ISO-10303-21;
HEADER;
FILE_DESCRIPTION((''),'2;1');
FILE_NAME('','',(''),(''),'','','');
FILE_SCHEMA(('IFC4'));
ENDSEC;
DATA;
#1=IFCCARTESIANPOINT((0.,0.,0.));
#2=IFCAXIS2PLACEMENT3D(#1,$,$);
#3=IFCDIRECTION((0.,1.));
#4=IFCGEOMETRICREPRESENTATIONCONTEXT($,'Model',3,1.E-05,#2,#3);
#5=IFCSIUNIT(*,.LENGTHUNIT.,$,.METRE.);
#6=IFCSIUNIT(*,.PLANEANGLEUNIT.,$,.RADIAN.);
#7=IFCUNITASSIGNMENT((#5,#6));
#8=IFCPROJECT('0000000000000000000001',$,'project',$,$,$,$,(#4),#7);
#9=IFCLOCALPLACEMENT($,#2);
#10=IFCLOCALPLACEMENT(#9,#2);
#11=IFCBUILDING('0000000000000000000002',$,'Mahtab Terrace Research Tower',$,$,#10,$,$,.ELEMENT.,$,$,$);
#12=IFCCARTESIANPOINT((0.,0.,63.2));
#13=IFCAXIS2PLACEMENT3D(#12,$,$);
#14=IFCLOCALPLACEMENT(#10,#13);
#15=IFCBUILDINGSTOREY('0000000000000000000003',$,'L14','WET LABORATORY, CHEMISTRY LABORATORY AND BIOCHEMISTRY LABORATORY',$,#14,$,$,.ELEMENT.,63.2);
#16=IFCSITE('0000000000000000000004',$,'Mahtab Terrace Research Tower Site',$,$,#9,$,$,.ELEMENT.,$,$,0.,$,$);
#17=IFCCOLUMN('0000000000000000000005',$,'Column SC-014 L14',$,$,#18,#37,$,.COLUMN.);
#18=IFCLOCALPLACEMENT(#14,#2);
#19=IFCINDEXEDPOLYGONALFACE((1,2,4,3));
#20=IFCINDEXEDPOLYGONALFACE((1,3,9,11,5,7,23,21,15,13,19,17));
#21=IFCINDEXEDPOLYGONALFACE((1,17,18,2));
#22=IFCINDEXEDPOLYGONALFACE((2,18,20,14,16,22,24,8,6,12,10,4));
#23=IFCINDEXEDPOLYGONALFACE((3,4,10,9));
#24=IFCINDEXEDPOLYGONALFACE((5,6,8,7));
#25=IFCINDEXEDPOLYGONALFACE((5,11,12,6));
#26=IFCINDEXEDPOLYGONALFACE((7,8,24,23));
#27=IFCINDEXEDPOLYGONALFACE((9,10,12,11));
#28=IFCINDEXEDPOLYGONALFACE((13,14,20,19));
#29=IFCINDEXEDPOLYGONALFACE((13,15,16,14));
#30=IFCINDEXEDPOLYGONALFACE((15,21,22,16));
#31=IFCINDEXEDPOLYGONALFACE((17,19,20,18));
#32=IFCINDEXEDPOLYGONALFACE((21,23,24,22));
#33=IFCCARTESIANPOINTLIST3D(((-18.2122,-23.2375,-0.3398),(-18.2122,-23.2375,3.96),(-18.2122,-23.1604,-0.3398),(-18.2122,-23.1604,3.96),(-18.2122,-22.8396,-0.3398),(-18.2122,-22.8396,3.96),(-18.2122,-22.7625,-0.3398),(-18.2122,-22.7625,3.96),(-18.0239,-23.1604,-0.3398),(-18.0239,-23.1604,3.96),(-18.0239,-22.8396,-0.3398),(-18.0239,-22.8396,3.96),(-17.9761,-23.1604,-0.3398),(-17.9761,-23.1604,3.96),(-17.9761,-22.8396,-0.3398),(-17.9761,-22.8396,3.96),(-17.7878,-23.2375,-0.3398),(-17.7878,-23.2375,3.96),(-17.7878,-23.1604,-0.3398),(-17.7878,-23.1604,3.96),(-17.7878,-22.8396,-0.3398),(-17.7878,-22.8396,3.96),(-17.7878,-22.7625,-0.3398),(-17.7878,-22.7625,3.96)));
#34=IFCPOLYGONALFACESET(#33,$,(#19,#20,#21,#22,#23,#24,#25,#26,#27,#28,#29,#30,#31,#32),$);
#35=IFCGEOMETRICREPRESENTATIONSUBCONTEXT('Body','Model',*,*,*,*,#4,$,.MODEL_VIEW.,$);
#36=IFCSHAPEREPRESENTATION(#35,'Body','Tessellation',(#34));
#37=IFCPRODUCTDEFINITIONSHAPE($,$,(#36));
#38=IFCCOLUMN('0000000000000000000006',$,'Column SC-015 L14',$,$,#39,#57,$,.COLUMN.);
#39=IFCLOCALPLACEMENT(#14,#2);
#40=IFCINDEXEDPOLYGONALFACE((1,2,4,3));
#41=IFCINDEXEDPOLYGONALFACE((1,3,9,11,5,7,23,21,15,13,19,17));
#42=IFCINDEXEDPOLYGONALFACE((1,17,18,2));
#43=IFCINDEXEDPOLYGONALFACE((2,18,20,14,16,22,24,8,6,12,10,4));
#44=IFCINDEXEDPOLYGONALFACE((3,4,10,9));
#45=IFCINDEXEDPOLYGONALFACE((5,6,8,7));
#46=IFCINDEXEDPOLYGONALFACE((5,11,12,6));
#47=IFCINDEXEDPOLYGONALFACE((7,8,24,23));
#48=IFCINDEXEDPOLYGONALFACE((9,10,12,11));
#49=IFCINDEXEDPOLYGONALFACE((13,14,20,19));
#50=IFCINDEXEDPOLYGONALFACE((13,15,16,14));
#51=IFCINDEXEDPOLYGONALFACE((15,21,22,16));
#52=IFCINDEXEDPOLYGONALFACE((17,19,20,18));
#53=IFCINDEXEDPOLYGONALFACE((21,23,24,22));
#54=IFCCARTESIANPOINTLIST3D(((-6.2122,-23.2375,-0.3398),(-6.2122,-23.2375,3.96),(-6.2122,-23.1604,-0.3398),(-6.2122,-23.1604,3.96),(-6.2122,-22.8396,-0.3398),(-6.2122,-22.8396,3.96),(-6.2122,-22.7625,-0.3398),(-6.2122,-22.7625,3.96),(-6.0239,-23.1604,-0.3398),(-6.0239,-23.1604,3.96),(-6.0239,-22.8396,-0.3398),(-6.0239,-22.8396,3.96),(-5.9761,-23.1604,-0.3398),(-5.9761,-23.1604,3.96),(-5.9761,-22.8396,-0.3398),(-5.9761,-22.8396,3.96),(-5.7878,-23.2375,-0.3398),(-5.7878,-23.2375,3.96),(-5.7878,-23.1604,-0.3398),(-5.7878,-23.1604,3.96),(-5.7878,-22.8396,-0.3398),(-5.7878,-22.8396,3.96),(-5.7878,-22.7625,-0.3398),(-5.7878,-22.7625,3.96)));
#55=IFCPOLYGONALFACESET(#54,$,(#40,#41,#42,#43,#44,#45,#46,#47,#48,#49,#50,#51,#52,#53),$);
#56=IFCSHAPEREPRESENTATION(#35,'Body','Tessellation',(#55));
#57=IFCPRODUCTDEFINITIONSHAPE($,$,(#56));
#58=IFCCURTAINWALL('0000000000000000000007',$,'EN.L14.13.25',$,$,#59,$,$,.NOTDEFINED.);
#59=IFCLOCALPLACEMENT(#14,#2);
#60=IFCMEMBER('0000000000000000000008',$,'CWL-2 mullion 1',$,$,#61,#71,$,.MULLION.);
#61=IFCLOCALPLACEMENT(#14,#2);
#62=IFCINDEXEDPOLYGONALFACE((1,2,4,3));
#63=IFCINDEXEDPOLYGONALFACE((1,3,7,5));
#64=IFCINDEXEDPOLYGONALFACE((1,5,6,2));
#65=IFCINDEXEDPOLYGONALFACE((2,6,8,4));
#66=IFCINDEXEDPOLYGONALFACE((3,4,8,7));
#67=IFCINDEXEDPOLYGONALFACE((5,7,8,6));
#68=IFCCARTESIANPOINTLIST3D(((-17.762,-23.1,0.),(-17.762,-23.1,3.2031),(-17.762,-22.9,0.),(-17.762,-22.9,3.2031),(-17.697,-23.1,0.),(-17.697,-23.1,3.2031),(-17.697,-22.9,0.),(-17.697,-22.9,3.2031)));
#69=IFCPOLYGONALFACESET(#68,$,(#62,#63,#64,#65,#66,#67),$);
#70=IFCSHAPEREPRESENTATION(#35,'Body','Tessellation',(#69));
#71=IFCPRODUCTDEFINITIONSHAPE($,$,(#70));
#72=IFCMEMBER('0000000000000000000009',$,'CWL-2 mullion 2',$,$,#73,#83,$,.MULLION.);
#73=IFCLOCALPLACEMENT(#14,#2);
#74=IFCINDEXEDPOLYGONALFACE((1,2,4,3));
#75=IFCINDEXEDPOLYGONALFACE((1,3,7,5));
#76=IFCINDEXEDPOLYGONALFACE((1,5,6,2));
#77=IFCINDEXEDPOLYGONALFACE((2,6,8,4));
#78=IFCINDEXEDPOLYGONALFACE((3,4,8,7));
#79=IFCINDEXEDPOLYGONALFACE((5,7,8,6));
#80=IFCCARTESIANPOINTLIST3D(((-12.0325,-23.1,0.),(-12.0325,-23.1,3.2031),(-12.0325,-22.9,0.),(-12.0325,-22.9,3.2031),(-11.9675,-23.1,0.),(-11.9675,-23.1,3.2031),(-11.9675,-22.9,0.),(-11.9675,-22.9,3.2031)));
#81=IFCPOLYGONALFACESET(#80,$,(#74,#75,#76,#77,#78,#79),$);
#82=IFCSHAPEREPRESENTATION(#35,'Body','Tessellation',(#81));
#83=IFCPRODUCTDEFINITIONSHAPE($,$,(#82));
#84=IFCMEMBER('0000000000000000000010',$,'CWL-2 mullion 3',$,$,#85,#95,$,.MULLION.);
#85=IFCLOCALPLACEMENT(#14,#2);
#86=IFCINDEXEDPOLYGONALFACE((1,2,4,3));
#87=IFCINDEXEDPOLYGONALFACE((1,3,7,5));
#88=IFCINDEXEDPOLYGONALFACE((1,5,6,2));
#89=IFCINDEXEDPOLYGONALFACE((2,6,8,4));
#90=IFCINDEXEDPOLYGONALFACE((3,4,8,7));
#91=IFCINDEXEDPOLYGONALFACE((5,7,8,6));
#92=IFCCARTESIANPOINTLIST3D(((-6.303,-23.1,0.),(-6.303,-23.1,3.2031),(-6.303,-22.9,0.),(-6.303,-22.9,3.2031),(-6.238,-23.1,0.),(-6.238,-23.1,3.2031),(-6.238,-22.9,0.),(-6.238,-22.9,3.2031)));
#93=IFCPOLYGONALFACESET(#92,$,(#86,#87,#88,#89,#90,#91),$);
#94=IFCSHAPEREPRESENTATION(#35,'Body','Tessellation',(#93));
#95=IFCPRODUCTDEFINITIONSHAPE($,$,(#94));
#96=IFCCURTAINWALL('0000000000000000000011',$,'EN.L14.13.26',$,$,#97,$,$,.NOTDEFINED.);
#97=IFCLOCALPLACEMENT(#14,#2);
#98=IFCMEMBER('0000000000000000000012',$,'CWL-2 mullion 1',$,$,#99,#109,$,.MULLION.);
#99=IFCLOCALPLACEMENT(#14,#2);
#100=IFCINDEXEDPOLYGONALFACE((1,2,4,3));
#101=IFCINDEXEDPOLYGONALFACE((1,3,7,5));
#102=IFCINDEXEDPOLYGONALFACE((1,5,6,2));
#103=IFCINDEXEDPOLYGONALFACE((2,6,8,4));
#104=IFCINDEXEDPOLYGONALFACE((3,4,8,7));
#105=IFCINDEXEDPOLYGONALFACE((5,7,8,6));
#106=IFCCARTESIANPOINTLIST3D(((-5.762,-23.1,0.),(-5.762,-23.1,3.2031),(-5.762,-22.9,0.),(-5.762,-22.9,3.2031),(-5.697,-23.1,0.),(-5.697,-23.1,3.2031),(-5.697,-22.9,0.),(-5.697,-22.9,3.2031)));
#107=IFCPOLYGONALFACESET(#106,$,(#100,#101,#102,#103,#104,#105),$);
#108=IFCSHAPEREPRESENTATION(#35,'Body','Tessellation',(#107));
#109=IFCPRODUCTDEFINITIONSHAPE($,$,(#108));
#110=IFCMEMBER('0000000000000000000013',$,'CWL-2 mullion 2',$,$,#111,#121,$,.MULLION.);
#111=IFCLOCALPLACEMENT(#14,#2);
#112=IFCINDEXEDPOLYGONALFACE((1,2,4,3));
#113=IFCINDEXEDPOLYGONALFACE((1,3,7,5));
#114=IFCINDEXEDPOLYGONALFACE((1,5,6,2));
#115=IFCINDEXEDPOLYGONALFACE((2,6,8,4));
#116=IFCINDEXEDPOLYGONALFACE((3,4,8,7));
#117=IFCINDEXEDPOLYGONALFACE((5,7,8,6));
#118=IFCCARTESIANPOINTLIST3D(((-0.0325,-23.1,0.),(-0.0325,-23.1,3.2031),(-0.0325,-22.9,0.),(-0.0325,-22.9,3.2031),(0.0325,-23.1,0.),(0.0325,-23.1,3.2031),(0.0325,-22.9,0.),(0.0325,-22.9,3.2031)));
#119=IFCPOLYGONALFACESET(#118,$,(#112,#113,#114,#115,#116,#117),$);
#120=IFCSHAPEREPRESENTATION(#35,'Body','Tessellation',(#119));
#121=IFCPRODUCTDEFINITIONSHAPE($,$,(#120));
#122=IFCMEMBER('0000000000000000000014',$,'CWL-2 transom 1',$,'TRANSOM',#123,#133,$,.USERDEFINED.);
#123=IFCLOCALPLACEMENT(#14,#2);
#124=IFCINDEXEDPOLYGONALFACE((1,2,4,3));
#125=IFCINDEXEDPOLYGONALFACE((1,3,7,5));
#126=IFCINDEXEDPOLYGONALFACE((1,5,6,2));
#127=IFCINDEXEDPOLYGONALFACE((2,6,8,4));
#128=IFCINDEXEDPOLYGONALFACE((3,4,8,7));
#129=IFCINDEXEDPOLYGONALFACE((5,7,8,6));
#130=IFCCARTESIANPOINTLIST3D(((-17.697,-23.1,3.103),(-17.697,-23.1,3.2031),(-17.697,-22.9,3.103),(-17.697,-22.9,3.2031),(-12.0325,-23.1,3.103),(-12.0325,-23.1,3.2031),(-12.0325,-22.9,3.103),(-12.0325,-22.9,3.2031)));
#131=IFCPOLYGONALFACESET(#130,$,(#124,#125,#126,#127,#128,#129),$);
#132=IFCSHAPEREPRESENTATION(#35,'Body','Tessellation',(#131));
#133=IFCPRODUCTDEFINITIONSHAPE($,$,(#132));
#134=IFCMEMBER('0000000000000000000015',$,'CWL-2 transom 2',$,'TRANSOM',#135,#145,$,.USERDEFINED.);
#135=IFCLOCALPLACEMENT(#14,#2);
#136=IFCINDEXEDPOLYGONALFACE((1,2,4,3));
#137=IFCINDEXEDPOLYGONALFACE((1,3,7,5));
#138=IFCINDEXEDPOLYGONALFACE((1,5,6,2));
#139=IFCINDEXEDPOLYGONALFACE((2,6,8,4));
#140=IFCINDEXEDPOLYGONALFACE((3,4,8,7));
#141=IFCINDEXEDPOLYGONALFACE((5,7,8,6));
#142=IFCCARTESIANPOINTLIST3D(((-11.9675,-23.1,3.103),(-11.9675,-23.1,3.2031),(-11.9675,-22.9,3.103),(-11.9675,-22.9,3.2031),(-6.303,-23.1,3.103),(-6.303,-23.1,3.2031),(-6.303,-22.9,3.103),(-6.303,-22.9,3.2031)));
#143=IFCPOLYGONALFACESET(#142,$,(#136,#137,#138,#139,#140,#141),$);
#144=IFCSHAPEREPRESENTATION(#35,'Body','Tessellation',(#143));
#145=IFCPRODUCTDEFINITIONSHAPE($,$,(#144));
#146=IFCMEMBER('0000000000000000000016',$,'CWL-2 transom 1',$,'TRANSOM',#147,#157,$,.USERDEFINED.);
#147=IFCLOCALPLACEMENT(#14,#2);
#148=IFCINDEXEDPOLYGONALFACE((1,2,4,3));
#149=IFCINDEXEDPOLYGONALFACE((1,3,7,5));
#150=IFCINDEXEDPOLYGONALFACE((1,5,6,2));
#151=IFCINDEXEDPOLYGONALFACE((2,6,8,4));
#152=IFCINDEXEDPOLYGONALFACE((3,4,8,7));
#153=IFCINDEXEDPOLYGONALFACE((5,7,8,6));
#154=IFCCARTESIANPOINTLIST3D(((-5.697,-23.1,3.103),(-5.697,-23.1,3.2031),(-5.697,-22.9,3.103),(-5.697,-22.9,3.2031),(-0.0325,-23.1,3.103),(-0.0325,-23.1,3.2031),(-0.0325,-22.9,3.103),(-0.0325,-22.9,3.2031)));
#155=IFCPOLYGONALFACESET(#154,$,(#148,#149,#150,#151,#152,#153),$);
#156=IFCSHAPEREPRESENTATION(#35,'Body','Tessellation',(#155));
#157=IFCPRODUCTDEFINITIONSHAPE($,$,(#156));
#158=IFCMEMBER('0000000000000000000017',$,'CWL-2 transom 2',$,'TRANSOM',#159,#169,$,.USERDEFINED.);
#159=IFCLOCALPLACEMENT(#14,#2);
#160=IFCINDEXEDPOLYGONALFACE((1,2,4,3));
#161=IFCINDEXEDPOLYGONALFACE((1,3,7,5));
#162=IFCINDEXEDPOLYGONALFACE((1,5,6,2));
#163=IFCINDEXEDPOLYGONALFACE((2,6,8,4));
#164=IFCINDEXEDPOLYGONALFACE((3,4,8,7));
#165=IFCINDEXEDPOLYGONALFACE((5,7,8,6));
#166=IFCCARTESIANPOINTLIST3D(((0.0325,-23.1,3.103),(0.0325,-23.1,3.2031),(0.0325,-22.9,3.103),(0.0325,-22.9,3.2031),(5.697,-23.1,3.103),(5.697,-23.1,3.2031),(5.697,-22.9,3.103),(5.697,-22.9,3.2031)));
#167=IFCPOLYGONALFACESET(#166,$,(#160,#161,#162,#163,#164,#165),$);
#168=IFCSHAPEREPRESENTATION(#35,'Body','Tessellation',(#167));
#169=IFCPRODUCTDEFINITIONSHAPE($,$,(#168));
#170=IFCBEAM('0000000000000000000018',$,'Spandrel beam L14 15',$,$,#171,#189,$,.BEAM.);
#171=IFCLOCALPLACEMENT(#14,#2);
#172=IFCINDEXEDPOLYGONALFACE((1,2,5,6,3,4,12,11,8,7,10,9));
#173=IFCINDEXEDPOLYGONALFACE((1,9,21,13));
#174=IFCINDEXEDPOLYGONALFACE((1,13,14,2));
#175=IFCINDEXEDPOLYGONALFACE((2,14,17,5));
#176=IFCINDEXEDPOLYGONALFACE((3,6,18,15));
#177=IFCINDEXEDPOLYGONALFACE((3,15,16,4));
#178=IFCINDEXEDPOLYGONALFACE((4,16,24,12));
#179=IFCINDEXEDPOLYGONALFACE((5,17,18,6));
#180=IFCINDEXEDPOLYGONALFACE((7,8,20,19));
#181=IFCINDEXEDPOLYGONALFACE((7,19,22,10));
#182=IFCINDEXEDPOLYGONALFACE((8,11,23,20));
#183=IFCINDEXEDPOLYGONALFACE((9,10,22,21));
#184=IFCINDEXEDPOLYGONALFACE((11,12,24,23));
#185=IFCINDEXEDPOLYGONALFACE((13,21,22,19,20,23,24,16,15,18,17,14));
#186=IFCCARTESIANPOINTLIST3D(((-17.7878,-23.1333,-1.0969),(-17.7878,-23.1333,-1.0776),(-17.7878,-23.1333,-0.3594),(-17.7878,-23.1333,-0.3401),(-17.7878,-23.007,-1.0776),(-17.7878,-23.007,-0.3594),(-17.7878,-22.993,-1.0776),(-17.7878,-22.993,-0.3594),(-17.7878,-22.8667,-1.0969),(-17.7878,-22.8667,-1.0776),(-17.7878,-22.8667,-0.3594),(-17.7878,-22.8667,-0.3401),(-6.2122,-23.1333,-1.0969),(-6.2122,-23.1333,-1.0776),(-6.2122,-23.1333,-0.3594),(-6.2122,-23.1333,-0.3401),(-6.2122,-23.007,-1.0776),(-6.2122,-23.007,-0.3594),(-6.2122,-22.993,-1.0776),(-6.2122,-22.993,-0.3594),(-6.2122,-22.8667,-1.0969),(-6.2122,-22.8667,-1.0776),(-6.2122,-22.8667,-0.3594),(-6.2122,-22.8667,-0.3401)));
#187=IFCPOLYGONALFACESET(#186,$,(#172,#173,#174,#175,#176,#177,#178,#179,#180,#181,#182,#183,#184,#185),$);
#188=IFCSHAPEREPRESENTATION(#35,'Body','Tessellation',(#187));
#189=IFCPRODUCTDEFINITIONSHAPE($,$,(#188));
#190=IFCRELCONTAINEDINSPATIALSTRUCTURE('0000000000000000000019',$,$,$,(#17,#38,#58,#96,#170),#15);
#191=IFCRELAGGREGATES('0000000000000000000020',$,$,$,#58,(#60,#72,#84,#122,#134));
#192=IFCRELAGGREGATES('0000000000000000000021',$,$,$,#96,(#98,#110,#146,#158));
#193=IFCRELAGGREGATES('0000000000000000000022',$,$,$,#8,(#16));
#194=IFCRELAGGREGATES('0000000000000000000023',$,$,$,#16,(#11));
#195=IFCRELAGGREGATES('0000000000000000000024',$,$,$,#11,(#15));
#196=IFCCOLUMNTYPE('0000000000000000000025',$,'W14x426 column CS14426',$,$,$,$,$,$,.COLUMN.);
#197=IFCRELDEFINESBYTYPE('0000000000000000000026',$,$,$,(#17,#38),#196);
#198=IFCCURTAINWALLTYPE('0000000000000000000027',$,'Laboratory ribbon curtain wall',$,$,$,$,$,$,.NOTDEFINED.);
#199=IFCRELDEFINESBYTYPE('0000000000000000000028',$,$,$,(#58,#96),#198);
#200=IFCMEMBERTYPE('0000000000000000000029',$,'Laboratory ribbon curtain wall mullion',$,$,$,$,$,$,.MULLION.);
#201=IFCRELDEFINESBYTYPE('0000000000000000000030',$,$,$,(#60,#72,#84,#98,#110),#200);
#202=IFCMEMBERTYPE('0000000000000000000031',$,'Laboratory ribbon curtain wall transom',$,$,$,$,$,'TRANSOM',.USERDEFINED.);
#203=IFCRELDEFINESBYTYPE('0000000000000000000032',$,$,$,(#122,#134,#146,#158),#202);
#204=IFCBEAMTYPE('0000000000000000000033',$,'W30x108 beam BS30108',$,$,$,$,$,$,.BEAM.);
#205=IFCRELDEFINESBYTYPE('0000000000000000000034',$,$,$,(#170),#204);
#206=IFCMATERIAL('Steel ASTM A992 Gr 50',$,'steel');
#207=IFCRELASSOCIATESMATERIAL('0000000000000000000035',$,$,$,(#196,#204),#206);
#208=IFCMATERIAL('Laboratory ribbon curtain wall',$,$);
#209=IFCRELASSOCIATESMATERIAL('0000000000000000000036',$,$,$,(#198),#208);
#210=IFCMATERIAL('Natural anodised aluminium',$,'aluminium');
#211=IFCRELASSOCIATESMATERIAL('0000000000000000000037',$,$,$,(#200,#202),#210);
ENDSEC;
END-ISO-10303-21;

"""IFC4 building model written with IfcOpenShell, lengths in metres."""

from ifc_helpers import new_model, si_unit, direction, frame, origin, origin_2d, place, context, subcontext, project, spatial, rectangle, i_section, extrude, material, material_profile, profile_set, type_object, element, aggregate, save


model = new_model("IFC4")

# Units and contexts
model_context = context("Model", 3, precision=1e-05, world=origin(), true_north=direction((0.0, 1.0)))
body_context = subcontext(model_context, "Body", "Model", "MODEL_VIEW")
ifc_project = project(units=[si_unit("LENGTHUNIT", "METRE"), si_unit("PLANEANGLEUNIT", "RADIAN")], contexts=[model_context])

# Site, building, storey
site_placement = place(None, origin())
site = spatial("IfcSite", under=ifc_project, at=site_placement, Name="Mahtab Terrace Research Tower Site", CompositionType="ELEMENT", RefElevation=0.0)
building_placement = place(site_placement, origin())
building = spatial("IfcBuilding", under=site, at=building_placement, Name="Mahtab Terrace Research Tower", CompositionType="ELEMENT")
storey_placement = place(building_placement, frame((0.0, 0.0, 63.2)))
storey = spatial("IfcBuildingStorey", under=building, at=storey_placement, Name="L14", Description="WET LABORATORY, CHEMISTRY LABORATORY AND BIOCHEMISTRY LABORATORY", CompositionType="ELEMENT", Elevation=63.2)

# Columns
ifc_material_1 = material(Name="Steel ASTM A992 Gr 50", Category="steel")
ifc_material_profile_1 = material_profile(ifc_material_1, i_section(OverallWidth=0.4243, OverallDepth=0.4751, WebThickness=0.0479, FlangeThickness=0.0771, at=origin_2d()), Name="W14X426")
ifc_profile_set_1 = profile_set([ifc_material_profile_1], Name="Steel ASTM A992 Gr 50")
column_type = type_object("IfcColumnType", Name="W14x426 column CS14426", PredefinedType="COLUMN", material=ifc_profile_set_1)
for number, where, z_axis, x_axis, name in (
    (1, (-18.0, -23.0, -0.3398), (0.0, 0.0, 1.0), (1.0, 0.0, 0.0), "Column SC-014 L14"),
    (2, (-6.0, -23.0, -0.3398), (0.0, 0.0, 1.0), (1.0, 0.0, 0.0), "Column SC-015 L14"),
):
    element("IfcColumn", number, at=place(storey_placement, frame(where, z_axis=z_axis, x_axis=x_axis)), inside=storey, type_object=column_type, Name=name, PredefinedType="COLUMN", context=body_context, shape_type="SweptSolid", body=[
        extrude(i_section(OverallWidth=0.4243, OverallDepth=0.4751, WebThickness=0.0479, FlangeThickness=0.0771, at=origin_2d()), origin(), (0.0, 0.0, 1.0), 4.2998),
    ])

# Curtain walls, members
ifc_material_2 = material(Name="Laboratory ribbon curtain wall")
curtain_wall_type = type_object("IfcCurtainWallType", Name="Laboratory ribbon curtain wall", PredefinedType="NOTDEFINED", material=ifc_material_2)
curtain_wall_1_placement = place(storey_placement, origin())
curtain_wall_1 = element("IfcCurtainWall", 3, at=curtain_wall_1_placement, inside=storey, type_object=curtain_wall_type, Name="EN.L14.13.25", PredefinedType="NOTDEFINED")
ifc_material_3 = material(Name="Natural anodised aluminium", Category="aluminium")
ifc_material_profile_2 = material_profile(ifc_material_3, rectangle(XDim=0.2, YDim=0.0649, at=origin_2d()), Name="MULLION 65x200")
ifc_profile_set_2 = profile_set([ifc_material_profile_2], Name="Natural anodised aluminium")
member_type_1 = type_object("IfcMemberType", Name="Laboratory ribbon curtain wall mullion", PredefinedType="MULLION", material=ifc_profile_set_2)
member_1_placement = place(storey_placement, frame((-17.7295, -23.0, 0.0), z_axis=(0.0, 0.0, 1.0), x_axis=(0.0, 1.0, 0.0)))
member_1 = element("IfcMember", 4, at=member_1_placement, type_object=member_type_1, Name="CWL-2 mullion 1", PredefinedType="MULLION", context=body_context, shape_type="SweptSolid", body=[
    extrude(rectangle(XDim=0.2, YDim=0.0649, at=origin_2d()), origin(), (0.0, 0.0, 1.0), 3.2031),
])
member_2_placement = place(storey_placement, frame((-12.0, -23.0, 0.0), z_axis=(0.0, 0.0, 1.0), x_axis=(0.0, 1.0, 0.0)))
member_2 = element("IfcMember", 5, at=member_2_placement, type_object=member_type_1, Name="CWL-2 mullion 2", PredefinedType="MULLION", context=body_context, shape_type="SweptSolid", body=[
    extrude(rectangle(XDim=0.2, YDim=0.0649, at=origin_2d()), origin(), (0.0, 0.0, 1.0), 3.2031),
])
member_3_placement = place(storey_placement, frame((-6.2705, -23.0, 0.0), z_axis=(0.0, 0.0, 1.0), x_axis=(0.0, 1.0, 0.0)))
member_3 = element("IfcMember", 6, at=member_3_placement, type_object=member_type_1, Name="CWL-2 mullion 3", PredefinedType="MULLION", context=body_context, shape_type="SweptSolid", body=[
    extrude(rectangle(XDim=0.2, YDim=0.0649, at=origin_2d()), origin(), (0.0, 0.0, 1.0), 3.2031),
])
curtain_wall_2_placement = place(storey_placement, origin())
curtain_wall_2 = element("IfcCurtainWall", 7, at=curtain_wall_2_placement, inside=storey, type_object=curtain_wall_type, Name="EN.L14.13.26", PredefinedType="NOTDEFINED")
member_4_placement = place(storey_placement, frame((-5.7295, -23.0, 0.0), z_axis=(0.0, 0.0, 1.0), x_axis=(0.0, 1.0, 0.0)))
member_4 = element("IfcMember", 8, at=member_4_placement, type_object=member_type_1, Name="CWL-2 mullion 1", PredefinedType="MULLION", context=body_context, shape_type="SweptSolid", body=[
    extrude(rectangle(XDim=0.2, YDim=0.0649, at=origin_2d()), origin(), (0.0, 0.0, 1.0), 3.2031),
])
member_5_placement = place(storey_placement, frame((0.0, -23.0, 0.0), z_axis=(0.0, 0.0, 1.0), x_axis=(0.0, 1.0, 0.0)))
member_5 = element("IfcMember", 9, at=member_5_placement, type_object=member_type_1, Name="CWL-2 mullion 2", PredefinedType="MULLION", context=body_context, shape_type="SweptSolid", body=[
    extrude(rectangle(XDim=0.2, YDim=0.0649, at=origin_2d()), origin(), (0.0, 0.0, 1.0), 3.2031),
])

# Members
ifc_material_profile_3 = material_profile(ifc_material_3, rectangle(XDim=0.2, YDim=0.1001, at=origin_2d()), Name="TRANSOM 100x200")
ifc_profile_set_3 = profile_set([ifc_material_profile_3], Name="Natural anodised aluminium")
member_type_2 = type_object("IfcMemberType", Name="Laboratory ribbon curtain wall transom", ElementType="TRANSOM", PredefinedType="USERDEFINED", material=ifc_profile_set_3)
member_6_placement = place(storey_placement, frame((-17.697, -23.0, 3.1531), z_axis=(1.0, 0.0, 0.0), x_axis=(0.0, 1.0, 0.0)))
member_6 = element("IfcMember", 10, at=member_6_placement, type_object=member_type_2, Name="CWL-2 transom 1", ObjectType="TRANSOM", PredefinedType="USERDEFINED", context=body_context, shape_type="SweptSolid", body=[
    extrude(rectangle(XDim=0.2, YDim=0.1001, at=origin_2d()), origin(), (0.0, 0.0, 1.0), 5.6646),
])
member_7_placement = place(storey_placement, frame((-11.9675, -23.0, 3.1531), z_axis=(1.0, 0.0, 0.0), x_axis=(0.0, 1.0, 0.0)))
member_7 = element("IfcMember", 11, at=member_7_placement, type_object=member_type_2, Name="CWL-2 transom 2", ObjectType="TRANSOM", PredefinedType="USERDEFINED", context=body_context, shape_type="SweptSolid", body=[
    extrude(rectangle(XDim=0.2, YDim=0.1001, at=origin_2d()), origin(), (0.0, 0.0, 1.0), 5.6646),
])
member_8_placement = place(storey_placement, frame((-5.697, -23.0, 3.1531), z_axis=(1.0, 0.0, 0.0), x_axis=(0.0, 1.0, 0.0)))
member_8 = element("IfcMember", 12, at=member_8_placement, type_object=member_type_2, Name="CWL-2 transom 1", ObjectType="TRANSOM", PredefinedType="USERDEFINED", context=body_context, shape_type="SweptSolid", body=[
    extrude(rectangle(XDim=0.2, YDim=0.1001, at=origin_2d()), origin(), (0.0, 0.0, 1.0), 5.6646),
])
member_9_placement = place(storey_placement, frame((0.0325, -23.0, 3.1531), z_axis=(1.0, 0.0, 0.0), x_axis=(0.0, 1.0, 0.0)))
member_9 = element("IfcMember", 13, at=member_9_placement, type_object=member_type_2, Name="CWL-2 transom 2", ObjectType="TRANSOM", PredefinedType="USERDEFINED", context=body_context, shape_type="SweptSolid", body=[
    extrude(rectangle(XDim=0.2, YDim=0.1001, at=origin_2d()), origin(), (0.0, 0.0, 1.0), 5.6646),
])

# Beam
ifc_material_profile_4 = material_profile(ifc_material_1, i_section(OverallWidth=0.2666, OverallDepth=0.7568, WebThickness=0.0139, FlangeThickness=0.0193, at=origin_2d()), Name="W30X108")
ifc_profile_set_4 = profile_set([ifc_material_profile_4], Name="Steel ASTM A992 Gr 50")
beam_type = type_object("IfcBeamType", Name="W30x108 beam BS30108", PredefinedType="BEAM", material=ifc_profile_set_4)
for number, where, z_axis, x_axis, name in (
    (14, (-17.7878, -23.0, -0.7185), (1.0, 0.0, 0.0), (0.0, 1.0, 0.0), "Spandrel beam L14 15"),
):
    element("IfcBeam", number, at=place(storey_placement, frame(where, z_axis=z_axis, x_axis=x_axis)), inside=storey, type_object=beam_type, Name=name, PredefinedType="BEAM", context=body_context, shape_type="SweptSolid", body=[
        extrude(i_section(OverallWidth=0.2666, OverallDepth=0.7568, WebThickness=0.0139, FlangeThickness=0.0193, at=origin_2d()), origin(), (0.0, 0.0, 1.0), 11.5757),
    ])

aggregate(curtain_wall_1, [member_1, member_2, member_3, member_6, member_7])
aggregate(curtain_wall_2, [member_4, member_5, member_8, member_9])

save(model, "model.ifc")
